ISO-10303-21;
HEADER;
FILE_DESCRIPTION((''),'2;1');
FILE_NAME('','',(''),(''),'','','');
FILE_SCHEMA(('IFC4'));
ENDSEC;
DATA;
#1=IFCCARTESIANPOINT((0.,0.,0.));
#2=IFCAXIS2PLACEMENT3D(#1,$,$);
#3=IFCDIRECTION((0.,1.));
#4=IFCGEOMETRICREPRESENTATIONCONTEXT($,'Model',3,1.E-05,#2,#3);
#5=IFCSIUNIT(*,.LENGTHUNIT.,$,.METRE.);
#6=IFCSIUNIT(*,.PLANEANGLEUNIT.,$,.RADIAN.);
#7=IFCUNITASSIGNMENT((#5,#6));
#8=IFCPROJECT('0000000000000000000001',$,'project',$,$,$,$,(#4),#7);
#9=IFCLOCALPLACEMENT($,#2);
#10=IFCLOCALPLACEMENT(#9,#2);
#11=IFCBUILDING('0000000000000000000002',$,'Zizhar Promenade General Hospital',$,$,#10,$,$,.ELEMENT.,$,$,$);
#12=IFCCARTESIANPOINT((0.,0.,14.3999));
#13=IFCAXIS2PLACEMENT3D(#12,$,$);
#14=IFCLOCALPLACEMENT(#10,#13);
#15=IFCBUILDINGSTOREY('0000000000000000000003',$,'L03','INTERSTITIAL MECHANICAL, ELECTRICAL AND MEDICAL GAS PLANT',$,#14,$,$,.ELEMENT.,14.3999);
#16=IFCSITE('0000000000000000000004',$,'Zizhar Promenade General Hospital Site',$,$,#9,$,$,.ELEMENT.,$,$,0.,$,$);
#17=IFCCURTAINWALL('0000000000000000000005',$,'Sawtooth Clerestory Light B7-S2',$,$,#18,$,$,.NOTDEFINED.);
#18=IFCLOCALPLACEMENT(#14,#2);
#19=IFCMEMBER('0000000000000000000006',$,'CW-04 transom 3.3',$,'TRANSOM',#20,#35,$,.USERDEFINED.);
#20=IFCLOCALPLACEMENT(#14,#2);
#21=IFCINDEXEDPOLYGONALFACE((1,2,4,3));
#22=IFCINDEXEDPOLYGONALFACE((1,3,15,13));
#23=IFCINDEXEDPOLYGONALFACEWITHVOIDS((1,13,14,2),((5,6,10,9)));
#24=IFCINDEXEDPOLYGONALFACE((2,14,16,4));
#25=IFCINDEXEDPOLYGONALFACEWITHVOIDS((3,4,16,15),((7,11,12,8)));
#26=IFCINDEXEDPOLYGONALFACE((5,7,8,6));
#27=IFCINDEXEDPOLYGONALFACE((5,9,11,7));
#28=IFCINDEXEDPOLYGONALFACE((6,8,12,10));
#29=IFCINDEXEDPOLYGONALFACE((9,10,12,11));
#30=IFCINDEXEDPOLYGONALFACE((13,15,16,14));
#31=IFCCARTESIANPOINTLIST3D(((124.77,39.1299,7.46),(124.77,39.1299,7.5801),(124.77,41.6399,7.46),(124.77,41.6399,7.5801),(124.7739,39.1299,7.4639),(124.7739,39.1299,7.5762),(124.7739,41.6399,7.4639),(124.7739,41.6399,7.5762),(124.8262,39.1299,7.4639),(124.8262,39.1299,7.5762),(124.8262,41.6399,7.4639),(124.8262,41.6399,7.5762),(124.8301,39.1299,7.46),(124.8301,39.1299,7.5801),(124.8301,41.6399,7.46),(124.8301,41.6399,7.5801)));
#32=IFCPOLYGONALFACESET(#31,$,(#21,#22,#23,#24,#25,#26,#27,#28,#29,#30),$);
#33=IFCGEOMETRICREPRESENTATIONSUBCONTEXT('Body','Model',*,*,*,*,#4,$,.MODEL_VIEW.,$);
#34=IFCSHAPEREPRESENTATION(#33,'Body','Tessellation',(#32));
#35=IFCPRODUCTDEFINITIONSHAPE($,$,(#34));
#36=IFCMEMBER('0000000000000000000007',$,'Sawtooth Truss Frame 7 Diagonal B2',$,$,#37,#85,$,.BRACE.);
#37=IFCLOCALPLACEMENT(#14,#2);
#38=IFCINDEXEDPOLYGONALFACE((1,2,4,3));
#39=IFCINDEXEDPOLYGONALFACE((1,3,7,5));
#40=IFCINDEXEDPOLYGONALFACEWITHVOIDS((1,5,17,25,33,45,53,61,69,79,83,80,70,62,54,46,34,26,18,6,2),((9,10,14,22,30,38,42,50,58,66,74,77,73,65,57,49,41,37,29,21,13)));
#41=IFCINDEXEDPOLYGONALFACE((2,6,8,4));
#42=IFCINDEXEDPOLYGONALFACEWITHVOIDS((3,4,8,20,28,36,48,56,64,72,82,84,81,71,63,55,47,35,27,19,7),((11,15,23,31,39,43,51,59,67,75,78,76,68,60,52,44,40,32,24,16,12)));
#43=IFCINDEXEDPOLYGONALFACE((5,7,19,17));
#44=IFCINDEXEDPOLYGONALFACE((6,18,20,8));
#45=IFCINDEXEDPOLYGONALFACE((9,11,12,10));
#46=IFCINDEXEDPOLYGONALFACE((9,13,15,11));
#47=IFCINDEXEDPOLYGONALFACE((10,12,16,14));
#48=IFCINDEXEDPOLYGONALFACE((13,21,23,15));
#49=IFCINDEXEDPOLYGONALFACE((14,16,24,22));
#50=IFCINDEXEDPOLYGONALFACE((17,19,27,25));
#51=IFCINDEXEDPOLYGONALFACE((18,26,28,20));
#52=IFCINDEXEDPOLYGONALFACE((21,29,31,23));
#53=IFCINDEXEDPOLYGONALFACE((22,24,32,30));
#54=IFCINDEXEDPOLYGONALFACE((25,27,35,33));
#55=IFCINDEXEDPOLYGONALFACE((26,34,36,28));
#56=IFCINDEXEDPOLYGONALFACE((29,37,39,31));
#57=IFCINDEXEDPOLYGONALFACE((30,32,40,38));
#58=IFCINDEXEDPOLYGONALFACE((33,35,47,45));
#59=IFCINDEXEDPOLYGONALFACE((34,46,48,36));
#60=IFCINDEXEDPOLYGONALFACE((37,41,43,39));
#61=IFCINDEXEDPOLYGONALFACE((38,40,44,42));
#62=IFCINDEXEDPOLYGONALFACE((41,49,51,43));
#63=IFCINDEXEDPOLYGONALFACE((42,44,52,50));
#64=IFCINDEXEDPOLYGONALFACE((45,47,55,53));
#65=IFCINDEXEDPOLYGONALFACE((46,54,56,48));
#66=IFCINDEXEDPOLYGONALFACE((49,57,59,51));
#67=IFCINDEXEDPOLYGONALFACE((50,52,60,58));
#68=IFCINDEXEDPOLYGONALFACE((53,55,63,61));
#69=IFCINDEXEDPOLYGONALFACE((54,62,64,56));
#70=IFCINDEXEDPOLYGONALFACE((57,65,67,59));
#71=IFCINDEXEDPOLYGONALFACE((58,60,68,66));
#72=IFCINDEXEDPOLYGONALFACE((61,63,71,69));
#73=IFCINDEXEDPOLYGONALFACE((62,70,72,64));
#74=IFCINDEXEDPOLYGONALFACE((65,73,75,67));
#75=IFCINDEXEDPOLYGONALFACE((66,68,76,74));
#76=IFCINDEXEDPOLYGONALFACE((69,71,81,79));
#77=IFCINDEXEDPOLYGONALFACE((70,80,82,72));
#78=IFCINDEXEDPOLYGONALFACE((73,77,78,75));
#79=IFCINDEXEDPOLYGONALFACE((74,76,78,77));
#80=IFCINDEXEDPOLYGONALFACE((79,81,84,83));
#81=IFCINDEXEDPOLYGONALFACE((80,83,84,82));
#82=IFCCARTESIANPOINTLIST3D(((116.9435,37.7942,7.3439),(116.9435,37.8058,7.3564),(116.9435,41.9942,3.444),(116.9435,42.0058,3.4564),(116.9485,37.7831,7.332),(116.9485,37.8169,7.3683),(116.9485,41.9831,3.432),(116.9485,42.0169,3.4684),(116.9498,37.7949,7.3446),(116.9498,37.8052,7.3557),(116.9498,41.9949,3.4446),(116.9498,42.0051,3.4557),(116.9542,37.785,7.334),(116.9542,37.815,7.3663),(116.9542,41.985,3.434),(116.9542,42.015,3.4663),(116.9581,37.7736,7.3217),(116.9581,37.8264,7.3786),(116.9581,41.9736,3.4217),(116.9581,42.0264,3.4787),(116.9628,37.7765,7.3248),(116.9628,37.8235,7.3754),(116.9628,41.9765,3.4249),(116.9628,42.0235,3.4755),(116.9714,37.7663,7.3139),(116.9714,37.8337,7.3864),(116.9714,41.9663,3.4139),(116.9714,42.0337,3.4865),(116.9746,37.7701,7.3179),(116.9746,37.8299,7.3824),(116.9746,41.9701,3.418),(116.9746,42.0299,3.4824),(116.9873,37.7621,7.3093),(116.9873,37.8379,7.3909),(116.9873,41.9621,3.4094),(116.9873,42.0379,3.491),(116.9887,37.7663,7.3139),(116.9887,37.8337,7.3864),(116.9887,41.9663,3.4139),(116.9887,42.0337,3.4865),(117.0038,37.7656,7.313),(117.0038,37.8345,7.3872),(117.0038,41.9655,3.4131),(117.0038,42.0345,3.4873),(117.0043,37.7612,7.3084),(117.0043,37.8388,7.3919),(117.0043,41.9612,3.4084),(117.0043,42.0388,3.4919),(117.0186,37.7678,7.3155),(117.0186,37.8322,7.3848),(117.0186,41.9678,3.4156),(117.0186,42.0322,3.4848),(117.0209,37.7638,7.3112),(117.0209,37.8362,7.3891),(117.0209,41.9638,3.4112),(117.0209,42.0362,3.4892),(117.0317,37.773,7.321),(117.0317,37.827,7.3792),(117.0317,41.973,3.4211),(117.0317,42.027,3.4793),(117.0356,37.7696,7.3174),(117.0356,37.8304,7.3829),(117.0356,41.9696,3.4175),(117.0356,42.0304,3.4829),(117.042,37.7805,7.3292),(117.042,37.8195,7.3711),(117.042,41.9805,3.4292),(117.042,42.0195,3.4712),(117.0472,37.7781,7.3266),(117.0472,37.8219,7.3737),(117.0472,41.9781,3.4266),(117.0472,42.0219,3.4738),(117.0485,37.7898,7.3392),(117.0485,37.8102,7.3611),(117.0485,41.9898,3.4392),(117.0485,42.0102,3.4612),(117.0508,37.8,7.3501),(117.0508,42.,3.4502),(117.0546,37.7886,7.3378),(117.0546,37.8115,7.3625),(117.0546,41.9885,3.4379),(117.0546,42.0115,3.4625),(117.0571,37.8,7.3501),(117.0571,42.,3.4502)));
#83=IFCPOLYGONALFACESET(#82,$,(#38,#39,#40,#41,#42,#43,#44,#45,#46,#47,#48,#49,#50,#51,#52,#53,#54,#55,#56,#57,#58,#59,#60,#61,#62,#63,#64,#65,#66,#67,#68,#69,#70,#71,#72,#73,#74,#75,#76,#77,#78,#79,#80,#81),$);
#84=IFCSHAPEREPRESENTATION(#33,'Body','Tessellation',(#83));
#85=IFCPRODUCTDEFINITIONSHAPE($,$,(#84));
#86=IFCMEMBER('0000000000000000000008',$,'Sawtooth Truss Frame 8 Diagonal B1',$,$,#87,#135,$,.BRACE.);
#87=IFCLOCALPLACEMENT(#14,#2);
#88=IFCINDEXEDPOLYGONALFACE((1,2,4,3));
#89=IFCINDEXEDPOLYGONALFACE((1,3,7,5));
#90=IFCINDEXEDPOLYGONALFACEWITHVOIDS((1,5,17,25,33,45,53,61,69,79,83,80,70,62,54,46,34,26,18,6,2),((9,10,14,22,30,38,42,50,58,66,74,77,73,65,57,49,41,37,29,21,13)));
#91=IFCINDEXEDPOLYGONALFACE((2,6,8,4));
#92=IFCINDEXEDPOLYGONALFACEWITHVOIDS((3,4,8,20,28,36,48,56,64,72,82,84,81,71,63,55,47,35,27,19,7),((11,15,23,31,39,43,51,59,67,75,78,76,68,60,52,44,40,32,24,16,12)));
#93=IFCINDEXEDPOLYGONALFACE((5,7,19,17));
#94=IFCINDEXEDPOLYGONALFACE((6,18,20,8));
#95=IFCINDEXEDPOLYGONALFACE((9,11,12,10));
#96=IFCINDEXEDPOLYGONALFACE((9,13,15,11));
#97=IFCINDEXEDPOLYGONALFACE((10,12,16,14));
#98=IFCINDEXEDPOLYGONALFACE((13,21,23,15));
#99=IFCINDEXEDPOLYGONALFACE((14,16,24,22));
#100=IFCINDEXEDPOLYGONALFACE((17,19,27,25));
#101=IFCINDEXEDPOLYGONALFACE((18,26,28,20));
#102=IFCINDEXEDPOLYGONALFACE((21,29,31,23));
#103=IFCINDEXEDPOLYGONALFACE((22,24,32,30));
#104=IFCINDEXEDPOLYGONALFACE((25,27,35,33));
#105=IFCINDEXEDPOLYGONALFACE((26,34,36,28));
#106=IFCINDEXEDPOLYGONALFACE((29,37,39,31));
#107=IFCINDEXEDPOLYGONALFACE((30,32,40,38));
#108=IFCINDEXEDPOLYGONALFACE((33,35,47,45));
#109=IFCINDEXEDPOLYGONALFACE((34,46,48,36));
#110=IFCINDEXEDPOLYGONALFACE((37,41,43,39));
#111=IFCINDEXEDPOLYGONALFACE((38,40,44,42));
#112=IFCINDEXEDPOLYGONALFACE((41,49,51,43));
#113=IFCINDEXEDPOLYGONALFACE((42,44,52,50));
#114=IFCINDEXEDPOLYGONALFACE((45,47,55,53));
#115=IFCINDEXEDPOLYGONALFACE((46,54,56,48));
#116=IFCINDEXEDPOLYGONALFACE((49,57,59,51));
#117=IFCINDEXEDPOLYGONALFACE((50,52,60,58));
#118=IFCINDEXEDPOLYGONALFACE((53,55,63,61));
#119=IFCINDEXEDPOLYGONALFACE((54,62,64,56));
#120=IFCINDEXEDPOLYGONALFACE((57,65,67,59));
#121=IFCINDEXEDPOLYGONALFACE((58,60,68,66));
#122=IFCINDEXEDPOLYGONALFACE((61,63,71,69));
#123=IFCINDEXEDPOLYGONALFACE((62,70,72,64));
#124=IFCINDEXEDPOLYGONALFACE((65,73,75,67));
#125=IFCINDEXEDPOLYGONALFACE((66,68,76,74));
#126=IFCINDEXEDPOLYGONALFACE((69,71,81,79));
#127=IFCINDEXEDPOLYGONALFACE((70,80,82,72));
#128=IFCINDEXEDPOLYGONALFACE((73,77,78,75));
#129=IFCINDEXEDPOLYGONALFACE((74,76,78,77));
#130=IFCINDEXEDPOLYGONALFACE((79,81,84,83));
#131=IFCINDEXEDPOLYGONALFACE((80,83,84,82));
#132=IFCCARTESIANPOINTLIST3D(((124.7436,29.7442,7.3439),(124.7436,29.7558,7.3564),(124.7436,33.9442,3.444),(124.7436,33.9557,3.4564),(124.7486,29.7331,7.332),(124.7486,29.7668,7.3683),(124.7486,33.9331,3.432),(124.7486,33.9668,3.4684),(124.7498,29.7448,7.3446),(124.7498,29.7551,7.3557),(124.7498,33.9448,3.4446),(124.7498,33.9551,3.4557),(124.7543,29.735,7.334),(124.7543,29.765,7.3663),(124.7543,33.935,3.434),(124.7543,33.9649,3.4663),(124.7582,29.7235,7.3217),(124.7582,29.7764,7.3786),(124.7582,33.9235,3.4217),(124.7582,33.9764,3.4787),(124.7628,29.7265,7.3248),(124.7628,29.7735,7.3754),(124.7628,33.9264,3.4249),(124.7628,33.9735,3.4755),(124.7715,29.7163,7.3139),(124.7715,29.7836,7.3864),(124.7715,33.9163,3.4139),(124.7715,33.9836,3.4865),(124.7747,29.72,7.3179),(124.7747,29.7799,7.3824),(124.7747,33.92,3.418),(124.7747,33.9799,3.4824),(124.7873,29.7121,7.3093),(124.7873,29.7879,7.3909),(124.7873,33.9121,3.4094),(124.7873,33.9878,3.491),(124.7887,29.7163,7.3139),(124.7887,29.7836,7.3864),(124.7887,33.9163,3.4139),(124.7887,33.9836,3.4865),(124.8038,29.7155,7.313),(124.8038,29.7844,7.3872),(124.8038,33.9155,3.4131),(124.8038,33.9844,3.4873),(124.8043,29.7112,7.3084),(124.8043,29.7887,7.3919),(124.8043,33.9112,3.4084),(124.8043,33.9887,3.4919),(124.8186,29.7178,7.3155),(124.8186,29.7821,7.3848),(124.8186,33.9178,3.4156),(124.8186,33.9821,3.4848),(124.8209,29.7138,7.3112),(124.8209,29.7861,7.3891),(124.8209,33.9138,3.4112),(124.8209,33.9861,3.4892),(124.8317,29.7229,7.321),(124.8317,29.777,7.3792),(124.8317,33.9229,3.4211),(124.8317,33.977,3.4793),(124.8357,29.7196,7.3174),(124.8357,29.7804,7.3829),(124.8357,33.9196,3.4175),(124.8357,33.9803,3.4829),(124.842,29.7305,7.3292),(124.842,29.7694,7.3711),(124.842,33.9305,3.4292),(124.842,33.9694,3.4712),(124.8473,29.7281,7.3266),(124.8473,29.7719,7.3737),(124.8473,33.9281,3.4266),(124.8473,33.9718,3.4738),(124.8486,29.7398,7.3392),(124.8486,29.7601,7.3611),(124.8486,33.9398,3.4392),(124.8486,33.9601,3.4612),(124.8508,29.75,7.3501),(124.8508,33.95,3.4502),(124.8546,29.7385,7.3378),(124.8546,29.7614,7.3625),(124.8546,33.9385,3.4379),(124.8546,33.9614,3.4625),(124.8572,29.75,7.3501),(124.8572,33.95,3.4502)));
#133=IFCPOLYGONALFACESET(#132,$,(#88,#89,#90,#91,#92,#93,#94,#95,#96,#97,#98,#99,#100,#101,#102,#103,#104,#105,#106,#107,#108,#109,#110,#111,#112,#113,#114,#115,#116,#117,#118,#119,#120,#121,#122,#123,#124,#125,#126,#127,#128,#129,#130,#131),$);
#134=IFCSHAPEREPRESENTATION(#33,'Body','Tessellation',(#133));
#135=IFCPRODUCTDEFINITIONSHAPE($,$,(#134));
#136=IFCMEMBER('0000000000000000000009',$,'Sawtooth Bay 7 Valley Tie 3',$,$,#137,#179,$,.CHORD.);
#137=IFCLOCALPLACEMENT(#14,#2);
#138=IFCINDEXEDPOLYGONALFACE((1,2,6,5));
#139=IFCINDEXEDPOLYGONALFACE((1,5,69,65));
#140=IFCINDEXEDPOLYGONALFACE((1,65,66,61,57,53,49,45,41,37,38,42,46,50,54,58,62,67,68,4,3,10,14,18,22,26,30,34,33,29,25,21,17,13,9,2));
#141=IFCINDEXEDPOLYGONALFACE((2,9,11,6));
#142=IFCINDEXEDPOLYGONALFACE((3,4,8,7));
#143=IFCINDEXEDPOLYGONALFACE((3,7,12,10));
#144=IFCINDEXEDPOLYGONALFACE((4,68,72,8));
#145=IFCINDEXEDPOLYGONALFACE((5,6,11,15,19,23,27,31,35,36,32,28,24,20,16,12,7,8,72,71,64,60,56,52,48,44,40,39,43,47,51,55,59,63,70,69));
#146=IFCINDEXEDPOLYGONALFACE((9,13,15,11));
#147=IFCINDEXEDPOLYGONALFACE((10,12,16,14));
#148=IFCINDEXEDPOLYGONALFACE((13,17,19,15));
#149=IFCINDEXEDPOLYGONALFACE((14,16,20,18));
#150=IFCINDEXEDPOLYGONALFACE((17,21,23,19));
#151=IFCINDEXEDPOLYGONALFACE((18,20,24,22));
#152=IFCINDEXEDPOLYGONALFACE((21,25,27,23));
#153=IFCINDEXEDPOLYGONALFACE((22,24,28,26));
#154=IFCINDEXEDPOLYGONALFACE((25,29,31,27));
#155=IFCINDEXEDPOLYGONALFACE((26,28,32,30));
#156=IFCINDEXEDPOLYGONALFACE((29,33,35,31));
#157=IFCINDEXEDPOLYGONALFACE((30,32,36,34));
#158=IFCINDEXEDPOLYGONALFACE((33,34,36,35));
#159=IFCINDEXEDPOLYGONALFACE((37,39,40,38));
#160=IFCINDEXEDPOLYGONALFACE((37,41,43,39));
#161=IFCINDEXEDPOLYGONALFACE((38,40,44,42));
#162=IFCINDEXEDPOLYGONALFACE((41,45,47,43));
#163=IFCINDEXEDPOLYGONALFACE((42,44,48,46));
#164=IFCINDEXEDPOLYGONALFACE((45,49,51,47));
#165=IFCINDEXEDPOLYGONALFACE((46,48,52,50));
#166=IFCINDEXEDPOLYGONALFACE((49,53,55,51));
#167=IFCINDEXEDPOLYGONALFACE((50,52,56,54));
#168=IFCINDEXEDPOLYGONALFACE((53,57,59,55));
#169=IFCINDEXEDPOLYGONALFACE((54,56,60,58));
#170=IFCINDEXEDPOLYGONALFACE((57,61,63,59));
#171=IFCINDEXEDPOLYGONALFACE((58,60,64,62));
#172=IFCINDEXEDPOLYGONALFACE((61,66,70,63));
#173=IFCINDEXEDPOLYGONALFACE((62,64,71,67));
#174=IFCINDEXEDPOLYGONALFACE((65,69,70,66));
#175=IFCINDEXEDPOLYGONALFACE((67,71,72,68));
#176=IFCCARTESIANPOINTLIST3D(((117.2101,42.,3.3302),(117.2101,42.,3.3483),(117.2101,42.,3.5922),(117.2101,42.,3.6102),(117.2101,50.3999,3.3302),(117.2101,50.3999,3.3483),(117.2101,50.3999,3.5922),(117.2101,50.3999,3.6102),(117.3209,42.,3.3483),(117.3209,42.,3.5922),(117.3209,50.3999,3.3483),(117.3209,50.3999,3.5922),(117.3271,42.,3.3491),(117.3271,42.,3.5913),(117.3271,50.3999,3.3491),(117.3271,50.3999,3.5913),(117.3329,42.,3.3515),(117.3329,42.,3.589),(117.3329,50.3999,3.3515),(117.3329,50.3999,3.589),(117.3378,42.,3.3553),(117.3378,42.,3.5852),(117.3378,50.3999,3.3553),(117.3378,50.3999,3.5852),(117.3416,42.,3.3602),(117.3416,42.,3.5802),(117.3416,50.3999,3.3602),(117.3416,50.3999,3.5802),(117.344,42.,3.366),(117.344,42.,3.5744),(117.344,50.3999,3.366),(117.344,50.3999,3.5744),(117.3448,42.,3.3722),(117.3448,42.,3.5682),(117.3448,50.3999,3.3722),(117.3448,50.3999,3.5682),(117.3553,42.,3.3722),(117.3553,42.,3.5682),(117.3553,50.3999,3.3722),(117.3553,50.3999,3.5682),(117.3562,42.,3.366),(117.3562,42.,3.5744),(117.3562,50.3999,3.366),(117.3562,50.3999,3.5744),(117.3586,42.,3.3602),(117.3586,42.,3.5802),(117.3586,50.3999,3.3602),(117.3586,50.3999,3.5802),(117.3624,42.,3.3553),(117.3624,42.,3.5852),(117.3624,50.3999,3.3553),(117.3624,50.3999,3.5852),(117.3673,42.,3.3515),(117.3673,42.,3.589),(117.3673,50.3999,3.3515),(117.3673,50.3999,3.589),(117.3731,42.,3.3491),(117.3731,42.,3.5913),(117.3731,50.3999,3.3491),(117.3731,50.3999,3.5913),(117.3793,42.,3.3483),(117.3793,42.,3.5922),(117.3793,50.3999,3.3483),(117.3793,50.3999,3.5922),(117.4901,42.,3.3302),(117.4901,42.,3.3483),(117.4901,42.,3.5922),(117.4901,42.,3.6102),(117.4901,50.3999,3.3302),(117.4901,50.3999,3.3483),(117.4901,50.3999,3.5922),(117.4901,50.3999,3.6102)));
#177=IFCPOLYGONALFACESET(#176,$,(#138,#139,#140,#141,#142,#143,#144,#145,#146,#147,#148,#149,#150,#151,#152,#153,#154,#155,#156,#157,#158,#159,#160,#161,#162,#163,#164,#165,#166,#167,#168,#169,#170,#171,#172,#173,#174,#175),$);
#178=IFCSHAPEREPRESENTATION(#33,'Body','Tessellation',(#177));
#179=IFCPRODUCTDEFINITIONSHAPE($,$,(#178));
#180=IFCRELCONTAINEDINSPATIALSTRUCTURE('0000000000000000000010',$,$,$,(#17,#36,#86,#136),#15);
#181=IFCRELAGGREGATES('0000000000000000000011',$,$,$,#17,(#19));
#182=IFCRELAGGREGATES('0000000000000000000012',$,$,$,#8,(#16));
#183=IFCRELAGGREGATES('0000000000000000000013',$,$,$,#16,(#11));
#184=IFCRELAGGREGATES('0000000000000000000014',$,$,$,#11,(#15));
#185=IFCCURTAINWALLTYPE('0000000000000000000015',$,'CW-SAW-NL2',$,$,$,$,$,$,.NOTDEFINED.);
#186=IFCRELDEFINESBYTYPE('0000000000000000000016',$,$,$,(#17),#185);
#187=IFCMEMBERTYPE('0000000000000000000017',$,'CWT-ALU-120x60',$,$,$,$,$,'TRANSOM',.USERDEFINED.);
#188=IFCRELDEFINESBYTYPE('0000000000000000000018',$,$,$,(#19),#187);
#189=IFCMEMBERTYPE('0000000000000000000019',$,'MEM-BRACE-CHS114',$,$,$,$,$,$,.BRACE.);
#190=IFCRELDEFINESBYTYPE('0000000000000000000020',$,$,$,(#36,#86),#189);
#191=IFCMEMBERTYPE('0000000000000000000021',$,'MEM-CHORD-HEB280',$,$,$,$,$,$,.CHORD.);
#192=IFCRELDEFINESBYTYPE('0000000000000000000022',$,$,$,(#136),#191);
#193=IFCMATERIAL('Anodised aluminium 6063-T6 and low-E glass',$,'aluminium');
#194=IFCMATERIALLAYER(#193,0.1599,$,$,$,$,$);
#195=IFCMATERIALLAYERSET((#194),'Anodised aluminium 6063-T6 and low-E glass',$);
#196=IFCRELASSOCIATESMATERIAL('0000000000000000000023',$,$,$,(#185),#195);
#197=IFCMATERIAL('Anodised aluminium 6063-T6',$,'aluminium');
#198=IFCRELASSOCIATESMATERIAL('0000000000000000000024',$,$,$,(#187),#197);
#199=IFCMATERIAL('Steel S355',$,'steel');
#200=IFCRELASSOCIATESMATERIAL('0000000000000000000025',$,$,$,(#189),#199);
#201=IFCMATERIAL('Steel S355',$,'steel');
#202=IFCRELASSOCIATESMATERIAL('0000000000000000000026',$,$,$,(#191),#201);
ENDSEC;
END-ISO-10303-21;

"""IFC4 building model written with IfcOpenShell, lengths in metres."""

from ifc_helpers import new_model, si_unit, direction, frame, origin, origin_2d, place, context, subcontext, project, spatial, hollow_rectangle, hollow_circle, i_section, extrude, material, layer, layer_set, material_profile, profile_set, type_object, element, aggregate, save


model = new_model("IFC4")

# Units and contexts
model_context = context("Model", 3, precision=1e-05, world=origin(), true_north=direction((0.0, 1.0)))
body_context = subcontext(model_context, "Body", "Model", "MODEL_VIEW")
ifc_project = project(units=[si_unit("LENGTHUNIT", "METRE"), si_unit("PLANEANGLEUNIT", "RADIAN")], contexts=[model_context])

# Site, building, storey
site_placement = place(None, origin())
site = spatial("IfcSite", under=ifc_project, at=site_placement, Name="Zizhar Promenade General Hospital Site", CompositionType="ELEMENT", RefElevation=0.0)
building_placement = place(site_placement, origin())
building = spatial("IfcBuilding", under=site, at=building_placement, Name="Zizhar Promenade General Hospital", CompositionType="ELEMENT")
storey_placement = place(building_placement, frame((0.0, 0.0, 14.3999)))
storey = spatial("IfcBuildingStorey", under=building, at=storey_placement, Name="L03", Description="INTERSTITIAL MECHANICAL, ELECTRICAL AND MEDICAL GAS PLANT", CompositionType="ELEMENT", Elevation=14.3999)

# Curtain wall, member
ifc_material_1 = material(Name="Anodised aluminium 6063-T6 and low-E glass", Category="aluminium")
ifc_layer_1 = layer(ifc_material_1, 0.1599)
ifc_layer_set_1 = layer_set([ifc_layer_1], Name="Anodised aluminium 6063-T6 and low-E glass")
curtain_wall_type = type_object("IfcCurtainWallType", Name="CW-SAW-NL2", PredefinedType="NOTDEFINED", material=ifc_layer_set_1)
curtain_wall_placement = place(storey_placement, origin())
curtain_wall = element("IfcCurtainWall", 1, at=curtain_wall_placement, inside=storey, type_object=curtain_wall_type, Name="Sawtooth Clerestory Light B7-S2", PredefinedType="NOTDEFINED")
ifc_material_2 = material(Name="Anodised aluminium 6063-T6", Category="aluminium")
ifc_material_profile_1 = material_profile(ifc_material_2, hollow_rectangle(XDim=0.0601, YDim=0.1201, WallThickness=0.0039, at=origin_2d()))
ifc_profile_set_1 = profile_set([ifc_material_profile_1], Name="Anodised aluminium 6063-T6")
member_type_1 = type_object("IfcMemberType", Name="CWT-ALU-120x60", ElementType="TRANSOM", PredefinedType="USERDEFINED", material=ifc_profile_set_1)
member_1_placement = place(storey_placement, frame((124.8, 39.1299, 7.52), z_axis=(0.0, 1.0, 0.0), x_axis=(-1.0, 0.0, 0.0)))
member_1 = element("IfcMember", 2, at=member_1_placement, type_object=member_type_1, Name="CW-04 transom 3.3", ObjectType="TRANSOM", PredefinedType="USERDEFINED", context=body_context, shape_type="SweptSolid", body=[
    extrude(hollow_rectangle(XDim=0.0601, YDim=0.1201, WallThickness=0.0039, at=origin_2d()), origin(), (0.0, 0.0, 1.0), 2.51),
])

# Members
ifc_material_3 = material(Name="Steel S355", Category="steel")
ifc_material_profile_2 = material_profile(ifc_material_3, hollow_circle(Radius=0.0571, WallThickness=0.0063, at=origin_2d()))
ifc_profile_set_2 = profile_set([ifc_material_profile_2], Name="Steel S355")
member_type_2 = type_object("IfcMemberType", Name="MEM-BRACE-CHS114", PredefinedType="BRACE", material=ifc_profile_set_2)
for number, where, z_axis, x_axis, name in (
    (3, (117.0, 42.0, 3.4502), (0.0, -0.732798, 0.680446), (1.0, 0.0, 0.0), "Sawtooth Truss Frame 7 Diagonal B2"),
    (4, (124.8, 33.95, 3.4502), (0.0, -0.732798, 0.680446), (1.0, 0.0, 0.0), "Sawtooth Truss Frame 8 Diagonal B1"),
):
    element("IfcMember", number, at=place(storey_placement, frame(where, z_axis=z_axis, x_axis=x_axis)), inside=storey, type_object=member_type_2, Name=name, PredefinedType="BRACE", context=body_context, shape_type="SweptSolid", body=[
        extrude(hollow_circle(Radius=0.0571, WallThickness=0.0063, at=origin_2d()), origin(), (0.0, 0.0, 1.0), 5.7314),
    ])
ifc_material_4 = material(Name="Steel S355", Category="steel")
ifc_material_profile_3 = material_profile(ifc_material_4, i_section(OverallWidth=0.28, OverallDepth=0.28, WebThickness=0.0105, FlangeThickness=0.0181, FilletRadius=0.0239, at=origin_2d()))
ifc_profile_set_3 = profile_set([ifc_material_profile_3], Name="Steel S355")
member_type_3 = type_object("IfcMemberType", Name="MEM-CHORD-HEB280", PredefinedType="CHORD", material=ifc_profile_set_3)
member_2_placement = place(storey_placement, frame((117.3501, 42.0, 3.4702), z_axis=(0.0, 1.0, 0.0), x_axis=(-1.0, 0.0, 0.0)))
element("IfcMember", 5, at=member_2_placement, inside=storey, type_object=member_type_3, Name="Sawtooth Bay 7 Valley Tie 3", PredefinedType="CHORD", context=body_context, shape_type="SweptSolid", body=[
    extrude(i_section(OverallWidth=0.28, OverallDepth=0.28, WebThickness=0.0105, FlangeThickness=0.0181, FilletRadius=0.0239, at=origin_2d()), origin(), (0.0, 0.0, 1.0), 8.3999),
])

aggregate(curtain_wall, [member_1])

save(model, "model.ifc")
